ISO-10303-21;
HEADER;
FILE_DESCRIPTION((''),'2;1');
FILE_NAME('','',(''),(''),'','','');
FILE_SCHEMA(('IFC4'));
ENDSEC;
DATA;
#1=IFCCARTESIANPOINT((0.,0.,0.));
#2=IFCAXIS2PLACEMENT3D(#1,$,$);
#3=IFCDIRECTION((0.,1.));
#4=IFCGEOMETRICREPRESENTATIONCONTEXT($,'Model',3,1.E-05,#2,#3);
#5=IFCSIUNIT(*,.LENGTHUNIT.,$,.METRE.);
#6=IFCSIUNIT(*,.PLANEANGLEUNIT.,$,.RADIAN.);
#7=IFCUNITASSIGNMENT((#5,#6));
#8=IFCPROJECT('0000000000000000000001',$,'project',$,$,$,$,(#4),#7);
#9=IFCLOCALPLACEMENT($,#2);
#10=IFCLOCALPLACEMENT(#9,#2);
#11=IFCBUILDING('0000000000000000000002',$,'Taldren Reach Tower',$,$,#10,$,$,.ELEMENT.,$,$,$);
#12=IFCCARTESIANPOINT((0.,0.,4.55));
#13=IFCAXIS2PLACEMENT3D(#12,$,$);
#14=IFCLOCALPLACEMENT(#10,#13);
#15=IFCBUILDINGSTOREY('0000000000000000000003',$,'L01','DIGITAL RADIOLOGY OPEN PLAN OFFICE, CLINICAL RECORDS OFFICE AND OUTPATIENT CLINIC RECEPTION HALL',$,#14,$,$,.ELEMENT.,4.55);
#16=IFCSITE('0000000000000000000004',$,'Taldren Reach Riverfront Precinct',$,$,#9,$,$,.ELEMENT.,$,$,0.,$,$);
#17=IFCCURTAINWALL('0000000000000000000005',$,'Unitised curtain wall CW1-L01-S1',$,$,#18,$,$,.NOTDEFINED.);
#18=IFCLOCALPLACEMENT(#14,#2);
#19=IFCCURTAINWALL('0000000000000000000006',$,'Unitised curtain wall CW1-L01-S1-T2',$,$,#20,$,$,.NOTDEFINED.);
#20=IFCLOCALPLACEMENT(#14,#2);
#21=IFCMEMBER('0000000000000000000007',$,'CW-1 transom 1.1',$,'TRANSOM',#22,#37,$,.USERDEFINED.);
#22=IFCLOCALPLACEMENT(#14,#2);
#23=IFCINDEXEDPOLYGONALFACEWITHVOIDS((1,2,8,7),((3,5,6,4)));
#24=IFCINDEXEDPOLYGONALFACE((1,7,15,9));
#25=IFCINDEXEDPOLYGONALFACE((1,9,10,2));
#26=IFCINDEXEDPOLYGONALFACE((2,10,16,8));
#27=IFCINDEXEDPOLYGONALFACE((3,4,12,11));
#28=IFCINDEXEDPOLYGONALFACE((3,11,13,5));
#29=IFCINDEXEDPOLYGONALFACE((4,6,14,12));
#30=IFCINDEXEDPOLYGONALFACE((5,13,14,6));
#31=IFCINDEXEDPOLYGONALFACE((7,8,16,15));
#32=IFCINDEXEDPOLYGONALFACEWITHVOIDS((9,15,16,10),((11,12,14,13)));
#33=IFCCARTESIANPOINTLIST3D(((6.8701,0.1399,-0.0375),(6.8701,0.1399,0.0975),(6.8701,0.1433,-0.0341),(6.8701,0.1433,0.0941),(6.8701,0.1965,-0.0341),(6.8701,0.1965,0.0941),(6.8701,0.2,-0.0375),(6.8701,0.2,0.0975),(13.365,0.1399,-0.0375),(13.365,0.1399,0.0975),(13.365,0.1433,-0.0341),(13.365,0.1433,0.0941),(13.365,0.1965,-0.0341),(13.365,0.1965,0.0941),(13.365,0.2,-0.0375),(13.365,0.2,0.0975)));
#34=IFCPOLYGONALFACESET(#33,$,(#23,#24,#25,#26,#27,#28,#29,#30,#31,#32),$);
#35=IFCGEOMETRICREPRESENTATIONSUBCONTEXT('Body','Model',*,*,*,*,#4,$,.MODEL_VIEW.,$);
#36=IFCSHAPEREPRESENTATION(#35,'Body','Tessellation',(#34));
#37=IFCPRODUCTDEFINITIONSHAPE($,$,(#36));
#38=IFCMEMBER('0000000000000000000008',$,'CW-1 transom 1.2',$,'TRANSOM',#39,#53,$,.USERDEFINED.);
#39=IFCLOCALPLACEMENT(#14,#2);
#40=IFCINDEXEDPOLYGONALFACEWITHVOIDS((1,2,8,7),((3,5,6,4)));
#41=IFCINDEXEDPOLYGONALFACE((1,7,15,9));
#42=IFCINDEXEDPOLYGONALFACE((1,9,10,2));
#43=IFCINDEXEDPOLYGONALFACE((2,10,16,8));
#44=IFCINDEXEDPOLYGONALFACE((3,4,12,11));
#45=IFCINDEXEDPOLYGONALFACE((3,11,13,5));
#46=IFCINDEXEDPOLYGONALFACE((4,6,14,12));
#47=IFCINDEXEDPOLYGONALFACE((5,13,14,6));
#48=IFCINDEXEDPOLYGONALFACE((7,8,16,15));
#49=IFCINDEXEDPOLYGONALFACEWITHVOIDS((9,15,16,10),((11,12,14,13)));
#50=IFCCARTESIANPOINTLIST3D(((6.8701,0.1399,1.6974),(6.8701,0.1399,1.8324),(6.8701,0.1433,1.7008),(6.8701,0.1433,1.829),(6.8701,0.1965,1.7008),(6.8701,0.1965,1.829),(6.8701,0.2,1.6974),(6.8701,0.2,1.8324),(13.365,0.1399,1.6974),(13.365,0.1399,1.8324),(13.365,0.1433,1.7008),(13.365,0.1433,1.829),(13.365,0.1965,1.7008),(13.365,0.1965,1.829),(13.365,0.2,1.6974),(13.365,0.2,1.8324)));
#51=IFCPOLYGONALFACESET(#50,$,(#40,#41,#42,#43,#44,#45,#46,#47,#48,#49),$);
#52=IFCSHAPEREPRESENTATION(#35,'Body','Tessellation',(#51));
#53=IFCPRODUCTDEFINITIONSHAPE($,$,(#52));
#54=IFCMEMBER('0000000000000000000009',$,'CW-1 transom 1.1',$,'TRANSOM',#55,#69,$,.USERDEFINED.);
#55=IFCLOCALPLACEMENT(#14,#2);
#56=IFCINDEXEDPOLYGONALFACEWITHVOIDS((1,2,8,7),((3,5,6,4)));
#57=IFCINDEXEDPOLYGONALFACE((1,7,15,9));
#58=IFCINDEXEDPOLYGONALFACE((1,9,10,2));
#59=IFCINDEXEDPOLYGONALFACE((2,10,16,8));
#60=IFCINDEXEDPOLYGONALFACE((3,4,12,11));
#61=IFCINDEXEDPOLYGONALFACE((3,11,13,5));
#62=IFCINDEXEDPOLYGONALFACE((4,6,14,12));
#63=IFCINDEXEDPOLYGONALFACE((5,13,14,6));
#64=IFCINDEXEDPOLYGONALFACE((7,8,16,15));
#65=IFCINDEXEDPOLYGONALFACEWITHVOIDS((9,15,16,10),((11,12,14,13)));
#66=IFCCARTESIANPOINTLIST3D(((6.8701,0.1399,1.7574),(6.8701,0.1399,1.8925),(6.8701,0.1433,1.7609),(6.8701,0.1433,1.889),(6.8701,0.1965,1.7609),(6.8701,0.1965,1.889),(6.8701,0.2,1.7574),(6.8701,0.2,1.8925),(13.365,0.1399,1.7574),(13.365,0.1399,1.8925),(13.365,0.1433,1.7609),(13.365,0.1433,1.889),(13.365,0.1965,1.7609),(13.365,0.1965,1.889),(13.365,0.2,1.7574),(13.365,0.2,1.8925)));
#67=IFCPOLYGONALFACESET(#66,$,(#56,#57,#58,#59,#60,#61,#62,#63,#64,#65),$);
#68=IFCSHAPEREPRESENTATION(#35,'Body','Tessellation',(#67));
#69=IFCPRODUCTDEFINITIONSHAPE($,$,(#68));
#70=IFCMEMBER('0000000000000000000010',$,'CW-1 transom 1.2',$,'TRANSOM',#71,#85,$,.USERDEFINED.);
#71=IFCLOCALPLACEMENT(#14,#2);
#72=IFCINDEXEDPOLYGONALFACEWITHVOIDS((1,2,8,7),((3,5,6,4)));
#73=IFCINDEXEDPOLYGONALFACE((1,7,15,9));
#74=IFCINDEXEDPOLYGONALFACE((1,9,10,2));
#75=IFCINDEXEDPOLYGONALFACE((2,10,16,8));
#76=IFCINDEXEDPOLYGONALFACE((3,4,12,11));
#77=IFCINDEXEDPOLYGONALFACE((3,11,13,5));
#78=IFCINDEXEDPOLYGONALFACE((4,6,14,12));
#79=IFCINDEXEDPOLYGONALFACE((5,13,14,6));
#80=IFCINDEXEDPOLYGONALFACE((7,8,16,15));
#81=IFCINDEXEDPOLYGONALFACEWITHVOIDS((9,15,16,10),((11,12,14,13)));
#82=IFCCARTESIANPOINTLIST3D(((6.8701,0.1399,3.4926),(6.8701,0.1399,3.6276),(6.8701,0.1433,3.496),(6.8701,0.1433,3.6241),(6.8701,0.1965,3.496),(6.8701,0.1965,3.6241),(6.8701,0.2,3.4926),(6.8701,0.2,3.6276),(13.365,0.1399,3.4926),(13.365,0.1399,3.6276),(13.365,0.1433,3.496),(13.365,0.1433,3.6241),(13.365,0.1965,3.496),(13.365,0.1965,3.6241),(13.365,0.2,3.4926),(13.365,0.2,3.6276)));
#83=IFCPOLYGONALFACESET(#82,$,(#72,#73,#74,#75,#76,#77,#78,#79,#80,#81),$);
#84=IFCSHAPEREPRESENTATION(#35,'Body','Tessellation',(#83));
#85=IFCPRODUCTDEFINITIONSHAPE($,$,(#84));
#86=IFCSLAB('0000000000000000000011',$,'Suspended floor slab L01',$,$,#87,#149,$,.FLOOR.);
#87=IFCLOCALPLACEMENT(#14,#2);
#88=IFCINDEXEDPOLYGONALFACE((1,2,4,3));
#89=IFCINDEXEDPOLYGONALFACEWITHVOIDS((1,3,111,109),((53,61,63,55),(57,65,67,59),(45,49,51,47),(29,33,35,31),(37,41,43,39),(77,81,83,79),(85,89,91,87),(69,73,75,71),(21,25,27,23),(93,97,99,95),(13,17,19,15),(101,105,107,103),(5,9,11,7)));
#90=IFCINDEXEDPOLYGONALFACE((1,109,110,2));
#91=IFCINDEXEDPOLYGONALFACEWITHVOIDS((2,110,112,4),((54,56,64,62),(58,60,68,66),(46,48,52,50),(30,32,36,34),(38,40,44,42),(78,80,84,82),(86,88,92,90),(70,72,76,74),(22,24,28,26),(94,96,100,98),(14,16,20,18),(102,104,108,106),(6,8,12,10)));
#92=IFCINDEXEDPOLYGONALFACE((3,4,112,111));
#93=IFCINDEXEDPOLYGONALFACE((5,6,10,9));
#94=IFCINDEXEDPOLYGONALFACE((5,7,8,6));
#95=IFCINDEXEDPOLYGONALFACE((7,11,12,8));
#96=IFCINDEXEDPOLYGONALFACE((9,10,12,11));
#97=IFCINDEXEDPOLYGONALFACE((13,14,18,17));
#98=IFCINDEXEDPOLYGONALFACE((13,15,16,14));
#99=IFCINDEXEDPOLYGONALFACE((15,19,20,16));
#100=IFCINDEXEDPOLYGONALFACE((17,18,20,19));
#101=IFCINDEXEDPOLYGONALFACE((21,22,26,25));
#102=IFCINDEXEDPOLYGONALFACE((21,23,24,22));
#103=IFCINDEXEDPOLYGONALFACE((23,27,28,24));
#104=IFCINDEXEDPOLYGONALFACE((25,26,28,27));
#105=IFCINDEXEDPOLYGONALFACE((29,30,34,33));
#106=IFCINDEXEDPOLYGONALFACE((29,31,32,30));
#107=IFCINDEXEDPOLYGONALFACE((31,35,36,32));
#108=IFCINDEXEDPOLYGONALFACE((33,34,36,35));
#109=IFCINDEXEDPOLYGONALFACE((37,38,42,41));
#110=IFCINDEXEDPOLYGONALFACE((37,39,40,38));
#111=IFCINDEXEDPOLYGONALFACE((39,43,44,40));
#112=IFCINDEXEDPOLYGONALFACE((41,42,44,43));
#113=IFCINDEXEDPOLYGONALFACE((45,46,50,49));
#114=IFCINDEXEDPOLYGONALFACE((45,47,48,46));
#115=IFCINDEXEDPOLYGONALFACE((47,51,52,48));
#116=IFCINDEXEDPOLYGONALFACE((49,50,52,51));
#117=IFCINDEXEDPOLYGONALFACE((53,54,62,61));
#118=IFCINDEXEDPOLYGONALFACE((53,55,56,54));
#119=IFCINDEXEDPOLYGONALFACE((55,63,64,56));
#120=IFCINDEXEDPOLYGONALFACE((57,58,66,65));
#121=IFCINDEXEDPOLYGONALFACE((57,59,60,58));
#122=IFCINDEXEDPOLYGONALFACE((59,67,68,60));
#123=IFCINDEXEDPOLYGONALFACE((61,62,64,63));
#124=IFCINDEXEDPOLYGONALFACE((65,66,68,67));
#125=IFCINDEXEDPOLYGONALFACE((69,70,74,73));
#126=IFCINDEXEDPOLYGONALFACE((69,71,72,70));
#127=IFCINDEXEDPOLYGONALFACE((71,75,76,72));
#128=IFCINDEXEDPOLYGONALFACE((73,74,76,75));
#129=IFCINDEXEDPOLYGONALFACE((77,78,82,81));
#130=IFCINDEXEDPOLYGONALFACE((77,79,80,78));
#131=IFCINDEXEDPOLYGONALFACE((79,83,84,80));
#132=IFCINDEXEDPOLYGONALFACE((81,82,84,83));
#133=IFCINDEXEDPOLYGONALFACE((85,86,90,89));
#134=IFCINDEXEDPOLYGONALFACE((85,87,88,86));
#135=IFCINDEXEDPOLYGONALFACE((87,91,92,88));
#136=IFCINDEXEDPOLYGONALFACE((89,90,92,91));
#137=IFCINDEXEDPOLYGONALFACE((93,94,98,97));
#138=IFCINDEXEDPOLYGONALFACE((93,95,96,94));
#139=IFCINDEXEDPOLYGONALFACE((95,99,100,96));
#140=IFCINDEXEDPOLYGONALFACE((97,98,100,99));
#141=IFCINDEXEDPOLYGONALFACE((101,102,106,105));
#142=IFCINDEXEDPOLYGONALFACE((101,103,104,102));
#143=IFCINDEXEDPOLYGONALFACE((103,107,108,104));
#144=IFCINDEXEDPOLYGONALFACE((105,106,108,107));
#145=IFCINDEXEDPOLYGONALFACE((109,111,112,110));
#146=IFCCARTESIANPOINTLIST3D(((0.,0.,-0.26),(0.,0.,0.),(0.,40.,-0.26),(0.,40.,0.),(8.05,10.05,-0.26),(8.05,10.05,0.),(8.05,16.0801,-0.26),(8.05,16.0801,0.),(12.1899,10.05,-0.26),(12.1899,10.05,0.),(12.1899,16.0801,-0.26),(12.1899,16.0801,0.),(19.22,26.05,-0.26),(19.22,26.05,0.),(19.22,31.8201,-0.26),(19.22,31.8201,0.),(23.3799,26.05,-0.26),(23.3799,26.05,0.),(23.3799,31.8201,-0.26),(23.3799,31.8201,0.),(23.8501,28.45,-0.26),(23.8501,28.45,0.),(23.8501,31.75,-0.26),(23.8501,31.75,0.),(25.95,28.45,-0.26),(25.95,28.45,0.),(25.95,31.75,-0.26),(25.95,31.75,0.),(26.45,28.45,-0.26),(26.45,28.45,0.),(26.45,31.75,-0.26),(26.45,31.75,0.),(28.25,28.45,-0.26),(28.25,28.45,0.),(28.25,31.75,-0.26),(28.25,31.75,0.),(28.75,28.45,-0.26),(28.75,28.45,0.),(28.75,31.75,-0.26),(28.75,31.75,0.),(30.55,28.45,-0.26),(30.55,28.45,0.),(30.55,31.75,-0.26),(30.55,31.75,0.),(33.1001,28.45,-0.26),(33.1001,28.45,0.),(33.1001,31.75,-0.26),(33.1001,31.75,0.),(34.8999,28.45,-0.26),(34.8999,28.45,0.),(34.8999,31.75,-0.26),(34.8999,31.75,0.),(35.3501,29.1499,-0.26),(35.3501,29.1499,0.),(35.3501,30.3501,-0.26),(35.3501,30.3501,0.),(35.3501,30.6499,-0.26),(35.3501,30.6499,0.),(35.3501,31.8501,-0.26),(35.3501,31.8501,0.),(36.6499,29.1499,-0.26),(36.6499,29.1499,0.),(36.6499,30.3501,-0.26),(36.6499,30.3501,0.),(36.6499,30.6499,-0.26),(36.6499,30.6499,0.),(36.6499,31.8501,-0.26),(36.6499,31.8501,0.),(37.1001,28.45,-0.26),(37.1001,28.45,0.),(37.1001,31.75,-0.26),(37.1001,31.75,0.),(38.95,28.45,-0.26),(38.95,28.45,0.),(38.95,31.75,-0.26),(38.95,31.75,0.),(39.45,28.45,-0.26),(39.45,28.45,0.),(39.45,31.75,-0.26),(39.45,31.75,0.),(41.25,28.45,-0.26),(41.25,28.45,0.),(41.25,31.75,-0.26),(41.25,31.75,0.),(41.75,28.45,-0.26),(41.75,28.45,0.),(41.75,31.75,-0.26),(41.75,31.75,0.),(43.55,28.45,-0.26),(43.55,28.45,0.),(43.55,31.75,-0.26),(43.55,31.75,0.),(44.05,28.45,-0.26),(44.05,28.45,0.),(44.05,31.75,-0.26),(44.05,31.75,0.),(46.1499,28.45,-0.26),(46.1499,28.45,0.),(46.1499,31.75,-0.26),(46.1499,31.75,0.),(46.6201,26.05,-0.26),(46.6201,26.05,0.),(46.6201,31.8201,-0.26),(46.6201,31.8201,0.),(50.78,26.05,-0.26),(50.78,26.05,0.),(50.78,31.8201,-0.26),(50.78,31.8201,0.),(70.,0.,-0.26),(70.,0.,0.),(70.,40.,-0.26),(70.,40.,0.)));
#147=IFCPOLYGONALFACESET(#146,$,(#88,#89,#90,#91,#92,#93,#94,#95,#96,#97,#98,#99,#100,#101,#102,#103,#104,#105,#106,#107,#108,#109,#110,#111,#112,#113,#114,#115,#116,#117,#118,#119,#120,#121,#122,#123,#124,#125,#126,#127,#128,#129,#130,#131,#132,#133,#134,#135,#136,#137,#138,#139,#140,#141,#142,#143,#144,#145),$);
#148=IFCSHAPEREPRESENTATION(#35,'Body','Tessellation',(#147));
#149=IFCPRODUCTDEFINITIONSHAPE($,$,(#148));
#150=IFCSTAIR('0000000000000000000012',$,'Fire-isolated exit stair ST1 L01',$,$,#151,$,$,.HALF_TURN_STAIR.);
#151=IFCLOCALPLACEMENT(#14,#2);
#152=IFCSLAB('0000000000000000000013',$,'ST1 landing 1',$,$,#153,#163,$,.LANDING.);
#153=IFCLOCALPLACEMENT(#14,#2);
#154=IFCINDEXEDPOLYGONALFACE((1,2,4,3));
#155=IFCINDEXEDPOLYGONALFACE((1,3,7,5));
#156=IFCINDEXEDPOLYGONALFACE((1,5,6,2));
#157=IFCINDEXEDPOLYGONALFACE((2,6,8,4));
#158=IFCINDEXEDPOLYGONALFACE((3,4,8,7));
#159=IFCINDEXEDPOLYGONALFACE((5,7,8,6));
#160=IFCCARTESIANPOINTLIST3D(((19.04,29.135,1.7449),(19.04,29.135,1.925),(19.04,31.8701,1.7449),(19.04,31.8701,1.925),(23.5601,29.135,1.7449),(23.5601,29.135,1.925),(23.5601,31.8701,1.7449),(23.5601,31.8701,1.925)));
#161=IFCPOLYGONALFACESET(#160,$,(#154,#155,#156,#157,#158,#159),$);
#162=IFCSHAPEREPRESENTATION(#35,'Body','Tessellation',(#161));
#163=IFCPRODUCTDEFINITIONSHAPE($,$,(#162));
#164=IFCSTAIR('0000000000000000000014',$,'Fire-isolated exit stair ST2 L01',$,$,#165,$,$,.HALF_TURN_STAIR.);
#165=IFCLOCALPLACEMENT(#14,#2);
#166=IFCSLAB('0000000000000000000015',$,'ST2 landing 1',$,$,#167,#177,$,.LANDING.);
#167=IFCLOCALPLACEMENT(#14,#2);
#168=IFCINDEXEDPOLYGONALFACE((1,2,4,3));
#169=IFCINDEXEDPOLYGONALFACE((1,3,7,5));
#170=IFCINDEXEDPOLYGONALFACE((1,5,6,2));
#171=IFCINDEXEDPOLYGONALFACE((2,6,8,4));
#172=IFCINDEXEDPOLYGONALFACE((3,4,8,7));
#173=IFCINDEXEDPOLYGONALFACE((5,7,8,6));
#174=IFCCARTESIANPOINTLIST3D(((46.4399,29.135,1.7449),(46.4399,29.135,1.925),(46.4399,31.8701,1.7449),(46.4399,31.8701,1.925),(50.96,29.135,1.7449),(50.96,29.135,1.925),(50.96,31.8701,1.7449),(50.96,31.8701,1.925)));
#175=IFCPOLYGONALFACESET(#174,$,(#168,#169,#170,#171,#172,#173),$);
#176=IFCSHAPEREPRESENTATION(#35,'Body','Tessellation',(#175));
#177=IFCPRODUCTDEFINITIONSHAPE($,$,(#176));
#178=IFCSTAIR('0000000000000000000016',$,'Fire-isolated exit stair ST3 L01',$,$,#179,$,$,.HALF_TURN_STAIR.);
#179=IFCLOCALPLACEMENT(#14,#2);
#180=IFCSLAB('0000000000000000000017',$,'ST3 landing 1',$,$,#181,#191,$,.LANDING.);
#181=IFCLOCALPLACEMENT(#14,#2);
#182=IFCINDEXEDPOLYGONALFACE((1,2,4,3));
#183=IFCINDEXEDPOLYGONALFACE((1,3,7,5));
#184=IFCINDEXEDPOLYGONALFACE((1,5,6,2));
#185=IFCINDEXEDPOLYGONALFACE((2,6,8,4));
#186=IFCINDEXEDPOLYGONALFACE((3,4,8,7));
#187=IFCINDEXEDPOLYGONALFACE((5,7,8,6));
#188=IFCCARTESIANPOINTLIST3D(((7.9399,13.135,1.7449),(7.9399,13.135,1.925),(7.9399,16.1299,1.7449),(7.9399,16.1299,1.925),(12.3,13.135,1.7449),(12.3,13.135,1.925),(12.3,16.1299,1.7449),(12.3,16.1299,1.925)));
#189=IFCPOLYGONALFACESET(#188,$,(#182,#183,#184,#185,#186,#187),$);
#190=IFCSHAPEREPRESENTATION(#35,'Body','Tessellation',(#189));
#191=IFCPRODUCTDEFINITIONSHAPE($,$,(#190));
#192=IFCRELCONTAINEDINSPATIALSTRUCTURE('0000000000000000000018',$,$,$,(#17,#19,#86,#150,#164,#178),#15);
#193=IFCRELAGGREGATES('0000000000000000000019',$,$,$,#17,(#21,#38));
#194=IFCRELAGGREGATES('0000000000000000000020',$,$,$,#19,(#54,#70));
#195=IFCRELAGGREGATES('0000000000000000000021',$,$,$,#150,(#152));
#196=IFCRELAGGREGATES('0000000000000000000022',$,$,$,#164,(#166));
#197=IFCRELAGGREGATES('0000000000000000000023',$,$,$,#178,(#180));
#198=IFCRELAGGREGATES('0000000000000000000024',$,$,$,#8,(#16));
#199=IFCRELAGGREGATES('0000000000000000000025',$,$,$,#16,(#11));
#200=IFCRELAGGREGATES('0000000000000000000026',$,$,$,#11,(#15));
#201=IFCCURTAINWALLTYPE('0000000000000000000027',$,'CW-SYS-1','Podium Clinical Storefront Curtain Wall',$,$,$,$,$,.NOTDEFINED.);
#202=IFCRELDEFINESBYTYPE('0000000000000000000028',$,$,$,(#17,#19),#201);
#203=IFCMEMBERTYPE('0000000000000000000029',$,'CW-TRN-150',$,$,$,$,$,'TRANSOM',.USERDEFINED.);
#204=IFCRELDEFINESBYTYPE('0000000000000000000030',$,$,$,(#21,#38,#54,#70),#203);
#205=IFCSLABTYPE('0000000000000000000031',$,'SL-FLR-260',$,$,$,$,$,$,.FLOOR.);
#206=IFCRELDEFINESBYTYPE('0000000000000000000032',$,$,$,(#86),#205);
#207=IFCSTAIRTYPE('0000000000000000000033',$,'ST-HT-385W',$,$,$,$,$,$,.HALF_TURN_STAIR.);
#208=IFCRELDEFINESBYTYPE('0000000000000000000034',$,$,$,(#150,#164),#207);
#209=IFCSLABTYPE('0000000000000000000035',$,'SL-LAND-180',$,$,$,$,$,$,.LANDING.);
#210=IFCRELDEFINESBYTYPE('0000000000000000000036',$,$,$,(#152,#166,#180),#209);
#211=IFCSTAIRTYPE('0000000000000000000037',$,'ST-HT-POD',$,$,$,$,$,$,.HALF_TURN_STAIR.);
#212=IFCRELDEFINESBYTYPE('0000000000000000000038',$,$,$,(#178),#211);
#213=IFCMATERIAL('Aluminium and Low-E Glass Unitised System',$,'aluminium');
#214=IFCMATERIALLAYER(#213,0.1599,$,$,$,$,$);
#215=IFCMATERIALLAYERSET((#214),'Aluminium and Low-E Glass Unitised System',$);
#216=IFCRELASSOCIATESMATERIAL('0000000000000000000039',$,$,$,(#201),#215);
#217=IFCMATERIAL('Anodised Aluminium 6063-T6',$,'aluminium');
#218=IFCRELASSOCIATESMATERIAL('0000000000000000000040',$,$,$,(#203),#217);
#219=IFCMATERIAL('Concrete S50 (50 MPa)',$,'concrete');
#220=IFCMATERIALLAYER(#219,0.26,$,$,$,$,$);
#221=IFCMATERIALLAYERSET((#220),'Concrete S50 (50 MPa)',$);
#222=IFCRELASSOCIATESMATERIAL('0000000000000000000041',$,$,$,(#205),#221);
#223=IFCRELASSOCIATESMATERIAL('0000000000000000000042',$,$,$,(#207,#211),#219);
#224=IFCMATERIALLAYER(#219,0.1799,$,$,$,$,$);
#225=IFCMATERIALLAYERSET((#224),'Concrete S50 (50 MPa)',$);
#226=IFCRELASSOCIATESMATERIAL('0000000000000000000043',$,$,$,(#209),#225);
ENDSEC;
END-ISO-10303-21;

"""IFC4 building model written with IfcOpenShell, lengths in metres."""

from ifc_helpers import new_model, si_unit, direction, frame, origin, origin_2d, place, context, subcontext, project, spatial, polyline, hollow_rectangle, outline, extrude, source, transform, mapped, material, layer, layer_set, material_profile, profile_set, type_object, element, aggregate, save


model = new_model("IFC4")

# Units and contexts
model_context = context("Model", 3, precision=1e-05, world=origin(), true_north=direction((0.0, 1.0)))
body_context = subcontext(model_context, "Body", "Model", "MODEL_VIEW")
ifc_project = project(units=[si_unit("LENGTHUNIT", "METRE"), si_unit("PLANEANGLEUNIT", "RADIAN")], contexts=[model_context])

# Site, building, storey
site_placement = place(None, origin())
site = spatial("IfcSite", under=ifc_project, at=site_placement, Name="Taldren Reach Riverfront Precinct", CompositionType="ELEMENT", RefElevation=0.0)
building_placement = place(site_placement, origin())
building = spatial("IfcBuilding", under=site, at=building_placement, Name="Taldren Reach Tower", CompositionType="ELEMENT")
storey_placement = place(building_placement, frame((0.0, 0.0, 4.55)))
storey = spatial("IfcBuildingStorey", under=building, at=storey_placement, Name="L01", Description="DIGITAL RADIOLOGY OPEN PLAN OFFICE, CLINICAL RECORDS OFFICE AND OUTPATIENT CLINIC RECEPTION HALL", CompositionType="ELEMENT", Elevation=4.55)

# Curtain walls
ifc_material_1 = material(Name="Aluminium and Low-E Glass Unitised System", Category="aluminium")
ifc_layer_1 = layer(ifc_material_1, 0.1599)
ifc_layer_set_1 = layer_set([ifc_layer_1], Name="Aluminium and Low-E Glass Unitised System")
curtain_wall_type = type_object("IfcCurtainWallType", Name="CW-SYS-1", Description="Podium Clinical Storefront Curtain Wall", PredefinedType="NOTDEFINED", material=ifc_layer_set_1)
curtain_wall_1_placement = place(storey_placement, origin())
curtain_wall_1 = element("IfcCurtainWall", 1, at=curtain_wall_1_placement, inside=storey, type_object=curtain_wall_type, Name="Unitised curtain wall CW1-L01-S1", PredefinedType="NOTDEFINED")
ifc_material_2 = material(Name="Anodised Aluminium 6063-T6", Category="aluminium")
curtain_wall_2_placement = place(storey_placement, origin())
curtain_wall_2 = element("IfcCurtainWall", 2, at=curtain_wall_2_placement, inside=storey, type_object=curtain_wall_type, Name="Unitised curtain wall CW1-L01-S1-T2", PredefinedType="NOTDEFINED")

# Members
ifc_material_profile_1 = material_profile(ifc_material_2, hollow_rectangle(XDim=0.0601, YDim=0.135, WallThickness=0.0034, at=origin_2d()), Name="ALU-135x60x3.5RHS")
ifc_profile_set_1 = profile_set([ifc_material_profile_1], Name="Anodised Aluminium 6063-T6")
member_type_1 = type_object("IfcMemberType", Name="CW-TRN-150", ElementType="TRANSOM", PredefinedType="USERDEFINED", material=ifc_profile_set_1)
shared_shape_1 = source(origin(), body_context, "Body", "SweptSolid", [
    extrude(hollow_rectangle(XDim=0.0601, YDim=0.135, WallThickness=0.0034, at=origin_2d()), origin(), (0.0, 0.0, 1.0), 6.4949),
])
member_1_placement = place(storey_placement, frame((6.8701, 0.1699, 0.03), z_axis=(1.0, 0.0, 0.0), x_axis=(0.0, 1.0, 0.0)))
member_1 = element("IfcMember", 3, at=member_1_placement, type_object=member_type_1, Name="CW-1 transom 1.1", ObjectType="TRANSOM", PredefinedType="USERDEFINED", context=body_context, shape_type="MappedRepresentation", body=[
    mapped(shared_shape_1, transform((0.0, 0.0, 0.0), scale=1.0)),
])
member_2_placement = place(storey_placement, frame((6.8701, 0.1699, 1.7649), z_axis=(1.0, 0.0, 0.0), x_axis=(0.0, 1.0, 0.0)))
member_2 = element("IfcMember", 4, at=member_2_placement, type_object=member_type_1, Name="CW-1 transom 1.2", ObjectType="TRANSOM", PredefinedType="USERDEFINED", context=body_context, shape_type="MappedRepresentation", body=[
    mapped(shared_shape_1, transform((0.0, 0.0, 0.0), scale=1.0)),
])
aggregate(curtain_wall_1, [member_1, member_2])
member_3_placement = place(storey_placement, frame((6.8701, 0.1699, 1.825), z_axis=(1.0, 0.0, 0.0), x_axis=(0.0, 1.0, 0.0)))
member_3 = element("IfcMember", 5, at=member_3_placement, type_object=member_type_1, Name="CW-1 transom 1.1", ObjectType="TRANSOM", PredefinedType="USERDEFINED", context=body_context, shape_type="MappedRepresentation", body=[
    mapped(shared_shape_1, transform((0.0, 0.0, 0.0), scale=1.0)),
])
member_4_placement = place(storey_placement, frame((6.8701, 0.1699, 3.5601), z_axis=(1.0, 0.0, 0.0), x_axis=(0.0, 1.0, 0.0)))
member_4 = element("IfcMember", 6, at=member_4_placement, type_object=member_type_1, Name="CW-1 transom 1.2", ObjectType="TRANSOM", PredefinedType="USERDEFINED", context=body_context, shape_type="MappedRepresentation", body=[
    mapped(shared_shape_1, transform((0.0, 0.0, 0.0), scale=1.0)),
])
aggregate(curtain_wall_2, [member_3, member_4])

# Slab
ifc_material_3 = material(Name="Concrete S50 (50 MPa)", Category="concrete")
ifc_layer_2 = layer(ifc_material_3, 0.26)
ifc_layer_set_2 = layer_set([ifc_layer_2], Name="Concrete S50 (50 MPa)")
slab_type_1 = type_object("IfcSlabType", Name="SL-FLR-260", PredefinedType="FLOOR", material=ifc_layer_set_2)
slab_1_placement = place(storey_placement, frame((0.0, 0.0, -0.26)))
element("IfcSlab", 7, at=slab_1_placement, inside=storey, type_object=slab_type_1, Name="Suspended floor slab L01", PredefinedType="FLOOR", context=body_context, shape_type="SweptSolid", body=[
    extrude(outline(polyline([(0.0, 0.0), (70.0, 0.0), (70.0, 40.0), (0.0, 40.0), (0.0, 0.0)]), holes=[polyline([(19.22, 26.05), (23.3799, 26.05), (23.3799, 31.8201), (19.22, 31.8201), (19.22, 26.05)]), polyline([(46.6201, 26.05), (50.78, 26.05), (50.78, 31.8201), (46.6201, 31.8201), (46.6201, 26.05)]), polyline([(8.05, 10.05), (12.1899, 10.05), (12.1899, 16.0801), (8.05, 16.0801), (8.05, 10.05)]), polyline([(23.8501, 28.45), (25.95, 28.45), (25.95, 31.75), (23.8501, 31.75), (23.8501, 28.45)]), polyline([(44.05, 28.45), (46.1499, 28.45), (46.1499, 31.75), (44.05, 31.75), (44.05, 28.45)]), polyline([(26.45, 28.45), (28.25, 28.45), (28.25, 31.75), (26.45, 31.75), (26.45, 28.45)]), polyline([(28.75, 28.45), (30.55, 28.45), (30.55, 31.75), (28.75, 31.75), (28.75, 28.45)]), polyline([(33.1001, 28.45), (34.8999, 28.45), (34.8999, 31.75), (33.1001, 31.75), (33.1001, 28.45)]), polyline([(37.1001, 28.45), (38.95, 28.45), (38.95, 31.75), (37.1001, 31.75), (37.1001, 28.45)]), polyline([(39.45, 28.45), (41.25, 28.45), (41.25, 31.75), (39.45, 31.75), (39.45, 28.45)]), polyline([(41.75, 28.45), (43.55, 28.45), (43.55, 31.75), (41.75, 31.75), (41.75, 28.45)]), polyline([(35.3501, 30.6499), (36.6499, 30.6499), (36.6499, 31.8501), (35.3501, 31.8501), (35.3501, 30.6499)]), polyline([(35.3501, 29.1499), (36.6499, 29.1499), (36.6499, 30.3501), (35.3501, 30.3501), (35.3501, 29.1499)])]), origin(), (0.0, 0.0, 1.0), 0.26),
])

# Stairs, slabs
stair_type_1 = type_object("IfcStairType", Name="ST-HT-385W", PredefinedType="HALF_TURN_STAIR", material=ifc_material_3)
stair_1_placement = place(storey_placement, origin())
stair_1 = element("IfcStair", 8, at=stair_1_placement, inside=storey, type_object=stair_type_1, Name="Fire-isolated exit stair ST1 L01", PredefinedType="HALF_TURN_STAIR")
ifc_layer_3 = layer(ifc_material_3, 0.1799)
ifc_layer_set_3 = layer_set([ifc_layer_3], Name="Concrete S50 (50 MPa)")
slab_type_2 = type_object("IfcSlabType", Name="SL-LAND-180", PredefinedType="LANDING", material=ifc_layer_set_3)
slab_2_placement = place(storey_placement, frame((0.0, 0.0, 1.7449)))
slab_2 = element("IfcSlab", 9, at=slab_2_placement, type_object=slab_type_2, Name="ST1 landing 1", PredefinedType="LANDING", context=body_context, shape_type="SweptSolid", body=[
    extrude(outline(polyline([(19.04, 29.135), (23.5601, 29.135), (23.5601, 31.8701), (19.04, 31.8701), (19.04, 29.135)])), origin(), (0.0, 0.0, 1.0), 0.1802),
])
aggregate(stair_1, [slab_2])
stair_2_placement = place(storey_placement, origin())
stair_2 = element("IfcStair", 10, at=stair_2_placement, inside=storey, type_object=stair_type_1, Name="Fire-isolated exit stair ST2 L01", PredefinedType="HALF_TURN_STAIR")
slab_3_placement = place(storey_placement, frame((0.0, 0.0, 1.7449)))
slab_3 = element("IfcSlab", 11, at=slab_3_placement, type_object=slab_type_2, Name="ST2 landing 1", PredefinedType="LANDING", context=body_context, shape_type="SweptSolid", body=[
    extrude(outline(polyline([(46.4399, 29.135), (50.96, 29.135), (50.96, 31.8701), (46.4399, 31.8701), (46.4399, 29.135)])), origin(), (0.0, 0.0, 1.0), 0.1802),
])
aggregate(stair_2, [slab_3])
stair_type_2 = type_object("IfcStairType", Name="ST-HT-POD", PredefinedType="HALF_TURN_STAIR", material=ifc_material_3)
stair_3_placement = place(storey_placement, origin())
stair_3 = element("IfcStair", 12, at=stair_3_placement, inside=storey, type_object=stair_type_2, Name="Fire-isolated exit stair ST3 L01", PredefinedType="HALF_TURN_STAIR")
slab_4_placement = place(storey_placement, frame((0.0, 0.0, 1.7449)))
slab_4 = element("IfcSlab", 13, at=slab_4_placement, type_object=slab_type_2, Name="ST3 landing 1", PredefinedType="LANDING", context=body_context, shape_type="SweptSolid", body=[
    extrude(outline(polyline([(7.9399, 13.135), (12.3, 13.135), (12.3, 16.1299), (7.9399, 16.1299), (7.9399, 13.135)])), origin(), (0.0, 0.0, 1.0), 0.1802),
])
aggregate(stair_3, [slab_4])

save(model, "model.ifc")
